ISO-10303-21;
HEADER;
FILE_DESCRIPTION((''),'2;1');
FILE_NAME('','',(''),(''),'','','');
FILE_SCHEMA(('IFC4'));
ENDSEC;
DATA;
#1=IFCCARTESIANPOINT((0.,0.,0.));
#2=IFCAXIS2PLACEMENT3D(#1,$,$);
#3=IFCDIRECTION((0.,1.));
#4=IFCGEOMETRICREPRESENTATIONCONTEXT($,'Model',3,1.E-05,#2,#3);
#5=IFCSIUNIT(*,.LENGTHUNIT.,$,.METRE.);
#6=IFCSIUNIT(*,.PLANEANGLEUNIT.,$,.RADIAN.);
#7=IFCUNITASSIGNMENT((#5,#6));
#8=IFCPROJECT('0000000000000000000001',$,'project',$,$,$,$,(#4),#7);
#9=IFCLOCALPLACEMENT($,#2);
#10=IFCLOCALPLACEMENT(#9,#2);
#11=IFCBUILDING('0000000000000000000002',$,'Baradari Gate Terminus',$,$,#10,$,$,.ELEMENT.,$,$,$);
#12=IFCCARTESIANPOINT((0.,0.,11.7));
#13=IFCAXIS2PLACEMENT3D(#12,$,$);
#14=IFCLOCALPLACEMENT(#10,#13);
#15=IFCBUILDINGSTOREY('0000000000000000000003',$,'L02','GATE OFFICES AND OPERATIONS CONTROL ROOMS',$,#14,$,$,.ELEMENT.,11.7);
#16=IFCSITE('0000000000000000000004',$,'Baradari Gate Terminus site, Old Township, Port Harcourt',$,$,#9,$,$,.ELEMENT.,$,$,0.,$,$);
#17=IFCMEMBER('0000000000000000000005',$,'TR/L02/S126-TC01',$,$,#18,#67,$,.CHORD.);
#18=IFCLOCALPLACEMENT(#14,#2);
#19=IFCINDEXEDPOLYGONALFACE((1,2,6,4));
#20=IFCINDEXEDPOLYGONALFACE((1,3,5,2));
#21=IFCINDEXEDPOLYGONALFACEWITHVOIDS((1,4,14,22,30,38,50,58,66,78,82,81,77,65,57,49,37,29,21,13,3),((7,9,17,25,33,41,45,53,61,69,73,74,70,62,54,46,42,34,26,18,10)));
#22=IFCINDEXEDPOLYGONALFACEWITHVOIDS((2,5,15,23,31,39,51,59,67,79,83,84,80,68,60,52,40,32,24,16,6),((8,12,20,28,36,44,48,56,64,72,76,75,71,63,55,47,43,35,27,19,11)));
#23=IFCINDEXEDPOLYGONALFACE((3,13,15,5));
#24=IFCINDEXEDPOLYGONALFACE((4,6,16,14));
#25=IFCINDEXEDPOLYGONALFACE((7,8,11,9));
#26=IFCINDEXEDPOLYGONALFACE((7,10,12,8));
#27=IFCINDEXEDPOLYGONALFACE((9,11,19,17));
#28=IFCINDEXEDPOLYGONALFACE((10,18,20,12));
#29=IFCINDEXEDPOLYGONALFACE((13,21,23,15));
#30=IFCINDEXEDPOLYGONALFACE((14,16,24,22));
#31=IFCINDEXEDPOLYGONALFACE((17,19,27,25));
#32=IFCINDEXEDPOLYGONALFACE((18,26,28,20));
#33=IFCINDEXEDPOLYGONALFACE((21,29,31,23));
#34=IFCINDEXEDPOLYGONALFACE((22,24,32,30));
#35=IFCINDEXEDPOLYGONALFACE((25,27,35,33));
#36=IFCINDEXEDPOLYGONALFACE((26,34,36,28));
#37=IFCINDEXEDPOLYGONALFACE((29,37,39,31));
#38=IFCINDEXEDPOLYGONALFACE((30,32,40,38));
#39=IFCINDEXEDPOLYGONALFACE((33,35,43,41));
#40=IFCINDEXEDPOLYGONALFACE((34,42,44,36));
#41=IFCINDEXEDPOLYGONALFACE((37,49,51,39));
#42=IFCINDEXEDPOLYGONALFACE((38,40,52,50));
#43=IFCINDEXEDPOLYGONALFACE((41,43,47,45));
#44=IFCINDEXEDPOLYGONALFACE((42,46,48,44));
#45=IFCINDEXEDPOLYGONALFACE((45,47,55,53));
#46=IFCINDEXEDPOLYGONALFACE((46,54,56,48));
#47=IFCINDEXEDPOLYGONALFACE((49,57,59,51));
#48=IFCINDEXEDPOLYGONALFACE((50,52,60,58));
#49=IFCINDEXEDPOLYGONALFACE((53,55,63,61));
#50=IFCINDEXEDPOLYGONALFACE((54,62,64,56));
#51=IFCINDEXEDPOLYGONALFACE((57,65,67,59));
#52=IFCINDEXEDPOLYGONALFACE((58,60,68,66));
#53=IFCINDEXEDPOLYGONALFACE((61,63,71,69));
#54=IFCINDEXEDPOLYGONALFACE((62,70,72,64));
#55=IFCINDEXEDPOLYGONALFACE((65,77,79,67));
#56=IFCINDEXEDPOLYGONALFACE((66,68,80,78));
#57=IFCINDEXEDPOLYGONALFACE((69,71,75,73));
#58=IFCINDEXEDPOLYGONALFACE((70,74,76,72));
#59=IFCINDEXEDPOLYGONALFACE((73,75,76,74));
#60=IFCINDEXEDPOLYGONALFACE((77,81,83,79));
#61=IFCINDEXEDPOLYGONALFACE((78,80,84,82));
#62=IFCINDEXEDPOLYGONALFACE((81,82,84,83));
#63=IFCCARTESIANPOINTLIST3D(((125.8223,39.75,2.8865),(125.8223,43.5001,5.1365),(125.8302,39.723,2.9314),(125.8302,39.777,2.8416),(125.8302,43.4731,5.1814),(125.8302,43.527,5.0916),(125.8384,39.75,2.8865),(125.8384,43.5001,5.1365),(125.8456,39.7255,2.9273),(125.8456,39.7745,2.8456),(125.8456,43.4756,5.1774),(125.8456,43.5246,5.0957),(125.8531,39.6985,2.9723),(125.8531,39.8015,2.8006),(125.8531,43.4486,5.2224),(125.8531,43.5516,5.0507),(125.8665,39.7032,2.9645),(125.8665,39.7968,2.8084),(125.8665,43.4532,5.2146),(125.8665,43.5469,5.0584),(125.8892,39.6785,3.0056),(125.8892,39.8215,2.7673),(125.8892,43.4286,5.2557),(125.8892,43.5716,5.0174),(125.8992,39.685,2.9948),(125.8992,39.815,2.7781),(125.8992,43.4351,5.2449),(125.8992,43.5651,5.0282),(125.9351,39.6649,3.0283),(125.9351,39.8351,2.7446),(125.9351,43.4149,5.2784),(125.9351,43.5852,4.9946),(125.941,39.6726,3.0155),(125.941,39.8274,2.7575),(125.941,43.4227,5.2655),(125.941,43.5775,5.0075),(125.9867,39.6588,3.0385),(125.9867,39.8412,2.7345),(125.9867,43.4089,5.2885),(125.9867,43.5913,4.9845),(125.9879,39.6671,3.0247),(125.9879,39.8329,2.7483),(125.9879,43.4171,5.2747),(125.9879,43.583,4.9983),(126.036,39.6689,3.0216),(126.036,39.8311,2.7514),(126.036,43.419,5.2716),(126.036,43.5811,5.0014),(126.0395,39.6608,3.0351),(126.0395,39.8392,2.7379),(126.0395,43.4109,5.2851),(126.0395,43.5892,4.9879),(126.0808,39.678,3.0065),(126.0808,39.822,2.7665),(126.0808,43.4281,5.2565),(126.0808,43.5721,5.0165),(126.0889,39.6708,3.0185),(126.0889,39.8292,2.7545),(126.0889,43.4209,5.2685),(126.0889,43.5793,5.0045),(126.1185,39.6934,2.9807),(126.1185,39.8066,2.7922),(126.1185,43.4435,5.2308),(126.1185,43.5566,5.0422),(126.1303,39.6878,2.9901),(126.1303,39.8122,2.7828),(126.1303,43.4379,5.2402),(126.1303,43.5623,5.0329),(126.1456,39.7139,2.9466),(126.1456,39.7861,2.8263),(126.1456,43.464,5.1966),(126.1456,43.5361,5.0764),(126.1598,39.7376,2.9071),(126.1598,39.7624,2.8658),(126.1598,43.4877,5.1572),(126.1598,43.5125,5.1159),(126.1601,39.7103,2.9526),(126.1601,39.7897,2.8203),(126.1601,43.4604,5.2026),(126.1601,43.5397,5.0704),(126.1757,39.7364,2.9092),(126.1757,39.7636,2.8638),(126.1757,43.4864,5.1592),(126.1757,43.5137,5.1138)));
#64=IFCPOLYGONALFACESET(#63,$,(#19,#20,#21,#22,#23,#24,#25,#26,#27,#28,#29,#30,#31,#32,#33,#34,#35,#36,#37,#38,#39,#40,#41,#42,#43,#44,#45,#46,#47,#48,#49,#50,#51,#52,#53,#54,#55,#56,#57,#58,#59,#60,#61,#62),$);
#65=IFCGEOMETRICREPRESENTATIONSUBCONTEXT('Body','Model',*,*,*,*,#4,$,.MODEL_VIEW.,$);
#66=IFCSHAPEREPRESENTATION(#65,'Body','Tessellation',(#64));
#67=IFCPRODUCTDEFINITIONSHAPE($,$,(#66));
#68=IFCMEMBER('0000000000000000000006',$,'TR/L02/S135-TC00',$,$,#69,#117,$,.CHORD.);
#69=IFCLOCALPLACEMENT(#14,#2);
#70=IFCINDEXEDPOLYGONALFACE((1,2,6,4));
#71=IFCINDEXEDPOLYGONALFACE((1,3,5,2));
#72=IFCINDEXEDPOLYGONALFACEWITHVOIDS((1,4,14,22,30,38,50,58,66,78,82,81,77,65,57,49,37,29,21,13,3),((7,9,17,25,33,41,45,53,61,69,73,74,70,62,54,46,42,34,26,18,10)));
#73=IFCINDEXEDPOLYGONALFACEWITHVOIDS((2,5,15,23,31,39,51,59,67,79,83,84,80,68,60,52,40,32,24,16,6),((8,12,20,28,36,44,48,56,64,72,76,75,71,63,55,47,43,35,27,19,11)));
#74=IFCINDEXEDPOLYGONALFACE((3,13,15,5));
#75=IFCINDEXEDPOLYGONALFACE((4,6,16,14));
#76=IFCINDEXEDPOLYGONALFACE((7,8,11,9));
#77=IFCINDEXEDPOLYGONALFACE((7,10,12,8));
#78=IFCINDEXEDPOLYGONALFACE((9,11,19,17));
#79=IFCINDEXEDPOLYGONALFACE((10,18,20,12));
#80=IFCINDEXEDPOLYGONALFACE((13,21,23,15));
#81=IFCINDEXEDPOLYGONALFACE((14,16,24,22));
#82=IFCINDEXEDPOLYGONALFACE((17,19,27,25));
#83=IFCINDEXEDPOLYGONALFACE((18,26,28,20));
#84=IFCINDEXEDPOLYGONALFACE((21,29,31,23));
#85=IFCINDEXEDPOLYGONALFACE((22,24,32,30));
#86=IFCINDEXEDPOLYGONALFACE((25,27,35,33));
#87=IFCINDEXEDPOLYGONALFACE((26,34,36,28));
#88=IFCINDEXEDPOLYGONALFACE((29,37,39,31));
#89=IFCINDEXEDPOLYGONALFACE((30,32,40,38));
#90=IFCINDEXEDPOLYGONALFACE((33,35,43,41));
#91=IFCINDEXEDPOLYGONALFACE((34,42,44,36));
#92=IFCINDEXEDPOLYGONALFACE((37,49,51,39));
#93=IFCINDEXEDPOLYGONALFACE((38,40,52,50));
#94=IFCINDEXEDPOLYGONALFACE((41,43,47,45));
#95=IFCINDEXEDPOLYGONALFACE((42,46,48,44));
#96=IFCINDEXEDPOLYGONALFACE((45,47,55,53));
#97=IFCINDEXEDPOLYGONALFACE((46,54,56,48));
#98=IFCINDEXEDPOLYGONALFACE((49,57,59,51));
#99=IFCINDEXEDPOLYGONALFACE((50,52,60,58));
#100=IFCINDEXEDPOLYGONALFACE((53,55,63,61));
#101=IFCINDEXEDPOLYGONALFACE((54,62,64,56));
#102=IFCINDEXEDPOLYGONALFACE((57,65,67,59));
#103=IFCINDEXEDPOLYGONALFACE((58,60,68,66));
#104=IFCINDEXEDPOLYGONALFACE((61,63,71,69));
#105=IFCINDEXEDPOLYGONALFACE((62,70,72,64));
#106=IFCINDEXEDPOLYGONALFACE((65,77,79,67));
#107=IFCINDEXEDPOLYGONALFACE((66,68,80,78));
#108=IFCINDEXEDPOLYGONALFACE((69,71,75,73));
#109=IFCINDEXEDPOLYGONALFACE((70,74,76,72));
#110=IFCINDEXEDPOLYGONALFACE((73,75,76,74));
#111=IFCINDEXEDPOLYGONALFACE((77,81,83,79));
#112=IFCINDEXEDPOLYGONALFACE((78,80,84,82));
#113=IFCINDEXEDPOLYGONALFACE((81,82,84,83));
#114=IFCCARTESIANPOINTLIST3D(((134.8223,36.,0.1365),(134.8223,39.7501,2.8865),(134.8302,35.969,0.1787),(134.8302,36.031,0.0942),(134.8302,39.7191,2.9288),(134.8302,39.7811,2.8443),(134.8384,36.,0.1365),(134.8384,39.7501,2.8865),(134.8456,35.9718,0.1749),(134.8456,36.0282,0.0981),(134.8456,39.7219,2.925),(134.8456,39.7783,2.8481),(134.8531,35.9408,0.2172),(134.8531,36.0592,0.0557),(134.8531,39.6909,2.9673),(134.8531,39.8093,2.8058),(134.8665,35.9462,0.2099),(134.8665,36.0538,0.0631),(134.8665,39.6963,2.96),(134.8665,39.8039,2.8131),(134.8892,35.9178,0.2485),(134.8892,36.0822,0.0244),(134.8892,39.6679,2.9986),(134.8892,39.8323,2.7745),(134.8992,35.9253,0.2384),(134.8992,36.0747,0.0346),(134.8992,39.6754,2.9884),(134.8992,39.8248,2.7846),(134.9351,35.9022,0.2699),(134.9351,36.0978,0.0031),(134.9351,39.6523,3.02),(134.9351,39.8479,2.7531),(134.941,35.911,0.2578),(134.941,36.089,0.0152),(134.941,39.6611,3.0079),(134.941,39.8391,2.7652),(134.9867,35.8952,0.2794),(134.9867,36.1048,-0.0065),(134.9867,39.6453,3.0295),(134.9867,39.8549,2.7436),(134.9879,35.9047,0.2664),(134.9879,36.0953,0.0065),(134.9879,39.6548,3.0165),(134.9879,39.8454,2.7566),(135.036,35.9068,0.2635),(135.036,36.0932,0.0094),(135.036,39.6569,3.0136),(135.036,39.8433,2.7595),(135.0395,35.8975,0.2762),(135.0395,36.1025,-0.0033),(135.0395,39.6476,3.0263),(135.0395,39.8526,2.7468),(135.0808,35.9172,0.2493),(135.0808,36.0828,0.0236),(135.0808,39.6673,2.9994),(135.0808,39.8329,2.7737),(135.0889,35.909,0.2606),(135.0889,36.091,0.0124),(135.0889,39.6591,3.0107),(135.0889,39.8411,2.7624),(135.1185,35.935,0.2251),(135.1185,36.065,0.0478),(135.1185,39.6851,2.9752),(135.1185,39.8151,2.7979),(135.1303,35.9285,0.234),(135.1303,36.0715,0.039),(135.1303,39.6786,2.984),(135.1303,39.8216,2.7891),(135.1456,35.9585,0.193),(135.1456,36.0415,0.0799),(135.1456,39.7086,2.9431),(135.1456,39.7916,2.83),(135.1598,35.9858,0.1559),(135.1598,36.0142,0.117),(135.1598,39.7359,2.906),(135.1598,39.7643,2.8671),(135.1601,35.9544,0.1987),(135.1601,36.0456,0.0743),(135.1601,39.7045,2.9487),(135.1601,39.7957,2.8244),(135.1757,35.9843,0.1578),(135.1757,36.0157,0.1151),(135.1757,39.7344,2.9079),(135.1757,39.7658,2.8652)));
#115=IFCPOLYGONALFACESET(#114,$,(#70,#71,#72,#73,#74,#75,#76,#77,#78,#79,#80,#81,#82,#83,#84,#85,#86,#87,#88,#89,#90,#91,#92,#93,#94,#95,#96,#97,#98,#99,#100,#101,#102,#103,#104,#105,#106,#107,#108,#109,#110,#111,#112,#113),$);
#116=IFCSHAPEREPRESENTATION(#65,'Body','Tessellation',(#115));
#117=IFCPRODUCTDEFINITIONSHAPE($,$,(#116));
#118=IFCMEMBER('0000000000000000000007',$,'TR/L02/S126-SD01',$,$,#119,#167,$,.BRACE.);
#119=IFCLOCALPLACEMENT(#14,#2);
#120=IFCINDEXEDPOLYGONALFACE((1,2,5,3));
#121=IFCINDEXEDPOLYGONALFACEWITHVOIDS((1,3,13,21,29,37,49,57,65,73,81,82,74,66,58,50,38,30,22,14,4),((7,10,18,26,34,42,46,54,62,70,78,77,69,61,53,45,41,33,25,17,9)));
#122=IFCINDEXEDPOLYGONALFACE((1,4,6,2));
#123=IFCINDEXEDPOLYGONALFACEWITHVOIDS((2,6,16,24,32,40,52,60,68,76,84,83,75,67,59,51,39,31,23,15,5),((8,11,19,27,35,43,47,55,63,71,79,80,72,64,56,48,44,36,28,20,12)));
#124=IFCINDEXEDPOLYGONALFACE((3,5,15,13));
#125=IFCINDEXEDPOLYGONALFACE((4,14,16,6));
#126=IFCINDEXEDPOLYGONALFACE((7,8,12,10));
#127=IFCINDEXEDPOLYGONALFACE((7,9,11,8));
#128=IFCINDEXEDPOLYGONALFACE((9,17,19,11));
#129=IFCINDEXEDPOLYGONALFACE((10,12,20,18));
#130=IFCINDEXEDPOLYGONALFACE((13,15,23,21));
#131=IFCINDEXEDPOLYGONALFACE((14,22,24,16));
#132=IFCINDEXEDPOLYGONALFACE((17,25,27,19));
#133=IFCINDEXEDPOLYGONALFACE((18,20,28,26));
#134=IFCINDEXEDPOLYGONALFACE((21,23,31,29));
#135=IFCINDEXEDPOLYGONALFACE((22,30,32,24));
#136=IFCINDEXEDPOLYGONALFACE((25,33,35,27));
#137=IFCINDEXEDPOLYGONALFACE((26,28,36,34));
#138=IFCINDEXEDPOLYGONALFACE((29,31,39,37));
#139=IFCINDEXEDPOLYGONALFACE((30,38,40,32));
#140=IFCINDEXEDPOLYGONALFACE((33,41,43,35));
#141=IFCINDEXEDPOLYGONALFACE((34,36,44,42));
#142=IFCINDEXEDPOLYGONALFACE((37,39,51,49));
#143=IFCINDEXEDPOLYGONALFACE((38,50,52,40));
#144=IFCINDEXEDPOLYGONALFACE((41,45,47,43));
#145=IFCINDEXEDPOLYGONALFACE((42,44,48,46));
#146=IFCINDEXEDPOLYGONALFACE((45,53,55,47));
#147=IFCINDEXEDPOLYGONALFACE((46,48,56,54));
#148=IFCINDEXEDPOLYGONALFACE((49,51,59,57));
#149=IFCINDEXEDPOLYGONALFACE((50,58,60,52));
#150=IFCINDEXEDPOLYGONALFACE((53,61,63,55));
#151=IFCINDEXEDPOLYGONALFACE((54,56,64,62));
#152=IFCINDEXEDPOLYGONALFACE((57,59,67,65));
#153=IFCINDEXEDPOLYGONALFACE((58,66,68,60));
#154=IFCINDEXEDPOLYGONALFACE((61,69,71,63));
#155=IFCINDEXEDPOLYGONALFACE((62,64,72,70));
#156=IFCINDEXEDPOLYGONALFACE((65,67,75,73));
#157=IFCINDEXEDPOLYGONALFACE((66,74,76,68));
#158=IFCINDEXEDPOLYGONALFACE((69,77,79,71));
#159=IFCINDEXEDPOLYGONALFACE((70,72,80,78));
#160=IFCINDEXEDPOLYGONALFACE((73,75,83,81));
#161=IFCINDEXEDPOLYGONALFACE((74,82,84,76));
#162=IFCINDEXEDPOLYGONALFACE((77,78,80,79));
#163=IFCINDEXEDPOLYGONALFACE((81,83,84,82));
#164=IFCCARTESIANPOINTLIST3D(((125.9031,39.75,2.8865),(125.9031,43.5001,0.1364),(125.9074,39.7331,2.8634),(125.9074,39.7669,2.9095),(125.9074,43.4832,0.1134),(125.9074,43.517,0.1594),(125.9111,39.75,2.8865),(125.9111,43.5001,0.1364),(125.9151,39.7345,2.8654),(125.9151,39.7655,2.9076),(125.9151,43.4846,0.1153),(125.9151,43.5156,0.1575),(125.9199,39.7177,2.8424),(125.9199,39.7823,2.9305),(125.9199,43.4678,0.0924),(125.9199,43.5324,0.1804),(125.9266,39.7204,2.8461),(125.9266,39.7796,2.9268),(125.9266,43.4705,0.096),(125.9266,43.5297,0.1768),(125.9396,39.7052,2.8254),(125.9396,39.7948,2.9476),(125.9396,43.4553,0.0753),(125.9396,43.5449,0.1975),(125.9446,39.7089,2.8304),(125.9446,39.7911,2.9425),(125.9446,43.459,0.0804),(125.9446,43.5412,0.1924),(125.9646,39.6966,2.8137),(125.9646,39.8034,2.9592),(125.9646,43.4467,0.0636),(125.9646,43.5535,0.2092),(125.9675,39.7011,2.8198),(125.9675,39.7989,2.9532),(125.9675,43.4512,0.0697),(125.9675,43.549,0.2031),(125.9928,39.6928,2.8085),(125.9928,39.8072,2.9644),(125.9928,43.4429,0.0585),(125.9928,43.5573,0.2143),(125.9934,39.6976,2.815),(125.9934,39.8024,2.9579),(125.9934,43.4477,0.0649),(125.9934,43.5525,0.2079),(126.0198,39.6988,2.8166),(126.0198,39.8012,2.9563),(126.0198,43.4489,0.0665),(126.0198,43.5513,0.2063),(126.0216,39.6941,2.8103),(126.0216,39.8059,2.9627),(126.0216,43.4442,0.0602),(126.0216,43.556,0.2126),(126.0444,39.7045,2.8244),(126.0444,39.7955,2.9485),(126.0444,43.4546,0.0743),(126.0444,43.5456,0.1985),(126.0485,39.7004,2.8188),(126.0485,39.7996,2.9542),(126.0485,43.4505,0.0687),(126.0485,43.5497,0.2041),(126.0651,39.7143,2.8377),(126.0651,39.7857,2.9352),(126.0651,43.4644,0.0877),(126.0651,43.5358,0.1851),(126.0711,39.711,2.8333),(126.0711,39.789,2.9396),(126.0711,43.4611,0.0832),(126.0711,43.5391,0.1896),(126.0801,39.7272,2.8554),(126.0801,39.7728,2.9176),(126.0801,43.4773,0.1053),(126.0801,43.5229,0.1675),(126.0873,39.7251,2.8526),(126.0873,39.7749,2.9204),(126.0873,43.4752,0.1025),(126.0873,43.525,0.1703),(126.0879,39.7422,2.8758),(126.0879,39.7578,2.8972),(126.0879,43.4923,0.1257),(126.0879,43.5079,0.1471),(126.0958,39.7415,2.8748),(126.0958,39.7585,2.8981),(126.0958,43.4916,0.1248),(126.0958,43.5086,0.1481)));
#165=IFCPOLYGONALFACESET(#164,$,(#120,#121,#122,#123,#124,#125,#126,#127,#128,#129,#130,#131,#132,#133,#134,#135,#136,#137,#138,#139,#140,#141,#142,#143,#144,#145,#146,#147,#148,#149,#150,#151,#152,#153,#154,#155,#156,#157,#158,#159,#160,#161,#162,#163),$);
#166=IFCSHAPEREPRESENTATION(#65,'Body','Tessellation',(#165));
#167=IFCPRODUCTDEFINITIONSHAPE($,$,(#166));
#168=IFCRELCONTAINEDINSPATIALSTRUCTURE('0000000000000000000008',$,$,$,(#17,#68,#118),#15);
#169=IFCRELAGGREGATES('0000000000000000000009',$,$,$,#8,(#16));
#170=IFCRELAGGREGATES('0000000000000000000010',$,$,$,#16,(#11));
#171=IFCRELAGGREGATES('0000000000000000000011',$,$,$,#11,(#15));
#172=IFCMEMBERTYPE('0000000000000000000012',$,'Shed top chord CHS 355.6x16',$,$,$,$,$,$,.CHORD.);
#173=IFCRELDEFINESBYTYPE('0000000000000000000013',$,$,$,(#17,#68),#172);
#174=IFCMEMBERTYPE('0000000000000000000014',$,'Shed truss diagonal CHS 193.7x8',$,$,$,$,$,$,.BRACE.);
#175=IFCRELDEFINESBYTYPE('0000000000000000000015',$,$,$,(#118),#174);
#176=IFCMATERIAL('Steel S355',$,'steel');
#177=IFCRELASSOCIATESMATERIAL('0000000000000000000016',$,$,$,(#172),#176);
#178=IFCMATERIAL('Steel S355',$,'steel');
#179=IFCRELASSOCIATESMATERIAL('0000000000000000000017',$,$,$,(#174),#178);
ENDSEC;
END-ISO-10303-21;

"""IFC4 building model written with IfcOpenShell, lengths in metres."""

from ifc_helpers import new_model, si_unit, direction, frame, origin, origin_2d, place, context, subcontext, project, spatial, hollow_circle, extrude, material, material_profile, profile_set, type_object, element, save


model = new_model("IFC4")

# Units and contexts
model_context = context("Model", 3, precision=1e-05, world=origin(), true_north=direction((0.0, 1.0)))
body_context = subcontext(model_context, "Body", "Model", "MODEL_VIEW")
ifc_project = project(units=[si_unit("LENGTHUNIT", "METRE"), si_unit("PLANEANGLEUNIT", "RADIAN")], contexts=[model_context])

# Site, building, storey
site_placement = place(None, origin())
site = spatial("IfcSite", under=ifc_project, at=site_placement, Name="Baradari Gate Terminus site, Old Township, Port Harcourt", CompositionType="ELEMENT", RefElevation=0.0)
building_placement = place(site_placement, origin())
building = spatial("IfcBuilding", under=site, at=building_placement, Name="Baradari Gate Terminus", CompositionType="ELEMENT")
storey_placement = place(building_placement, frame((0.0, 0.0, 11.7)))
storey = spatial("IfcBuildingStorey", under=building, at=storey_placement, Name="L02", Description="GATE OFFICES AND OPERATIONS CONTROL ROOMS", CompositionType="ELEMENT", Elevation=11.7)

# Members
ifc_material_1 = material(Name="Steel S355", Category="steel")
ifc_material_profile_1 = material_profile(ifc_material_1, hollow_circle(Radius=0.1777, WallThickness=0.0161, at=origin_2d()), Name="CHS 355.6x16")
ifc_profile_set_1 = profile_set([ifc_material_profile_1], Name="Steel S355")
member_type_1 = type_object("IfcMemberType", Name="Shed top chord CHS 355.6x16", PredefinedType="CHORD", material=ifc_profile_set_1)
member_1_placement = place(storey_placement, frame((126.0, 39.75, 2.8865), z_axis=(0.0, 0.857493, 0.514496), x_axis=(-1.0, 0.0, 0.0)))
element("IfcMember", 1, at=member_1_placement, inside=storey, type_object=member_type_1, Name="TR/L02/S126-TC01", PredefinedType="CHORD", context=body_context, shape_type="SweptSolid", body=[
    extrude(hollow_circle(Radius=0.1777, WallThickness=0.0161, at=origin_2d()), origin(), (0.0, 0.0, 1.0), 4.3733),
])
member_2_placement = place(storey_placement, frame((135.0, 36.0, 0.1365), z_axis=(0.0, 0.806405, 0.591364), x_axis=(-1.0, 0.0, 0.0)))
element("IfcMember", 2, at=member_2_placement, inside=storey, type_object=member_type_1, Name="TR/L02/S135-TC00", PredefinedType="CHORD", context=body_context, shape_type="SweptSolid", body=[
    extrude(hollow_circle(Radius=0.1777, WallThickness=0.0161, at=origin_2d()), origin(), (0.0, 0.0, 1.0), 4.6504),
])
ifc_material_2 = material(Name="Steel S355", Category="steel")
ifc_material_profile_2 = material_profile(ifc_material_2, hollow_circle(Radius=0.0969, WallThickness=0.0081, at=origin_2d()), Name="CHS 193.7x8")
ifc_profile_set_2 = profile_set([ifc_material_profile_2], Name="Steel S355")
member_type_2 = type_object("IfcMemberType", Name="Shed truss diagonal CHS 193.7x8", PredefinedType="BRACE", material=ifc_profile_set_2)
member_3_placement = place(storey_placement, frame((126.0, 39.75, 2.8865), z_axis=(0.0, 0.806405, -0.591364), x_axis=(-1.0, 0.0, 0.0)))
element("IfcMember", 3, at=member_3_placement, inside=storey, type_object=member_type_2, Name="TR/L02/S126-SD01", PredefinedType="BRACE", context=body_context, shape_type="SweptSolid", body=[
    extrude(hollow_circle(Radius=0.0969, WallThickness=0.0081, at=origin_2d()), origin(), (0.0, 0.0, 1.0), 4.6504),
])

save(model, "model.ifc")
